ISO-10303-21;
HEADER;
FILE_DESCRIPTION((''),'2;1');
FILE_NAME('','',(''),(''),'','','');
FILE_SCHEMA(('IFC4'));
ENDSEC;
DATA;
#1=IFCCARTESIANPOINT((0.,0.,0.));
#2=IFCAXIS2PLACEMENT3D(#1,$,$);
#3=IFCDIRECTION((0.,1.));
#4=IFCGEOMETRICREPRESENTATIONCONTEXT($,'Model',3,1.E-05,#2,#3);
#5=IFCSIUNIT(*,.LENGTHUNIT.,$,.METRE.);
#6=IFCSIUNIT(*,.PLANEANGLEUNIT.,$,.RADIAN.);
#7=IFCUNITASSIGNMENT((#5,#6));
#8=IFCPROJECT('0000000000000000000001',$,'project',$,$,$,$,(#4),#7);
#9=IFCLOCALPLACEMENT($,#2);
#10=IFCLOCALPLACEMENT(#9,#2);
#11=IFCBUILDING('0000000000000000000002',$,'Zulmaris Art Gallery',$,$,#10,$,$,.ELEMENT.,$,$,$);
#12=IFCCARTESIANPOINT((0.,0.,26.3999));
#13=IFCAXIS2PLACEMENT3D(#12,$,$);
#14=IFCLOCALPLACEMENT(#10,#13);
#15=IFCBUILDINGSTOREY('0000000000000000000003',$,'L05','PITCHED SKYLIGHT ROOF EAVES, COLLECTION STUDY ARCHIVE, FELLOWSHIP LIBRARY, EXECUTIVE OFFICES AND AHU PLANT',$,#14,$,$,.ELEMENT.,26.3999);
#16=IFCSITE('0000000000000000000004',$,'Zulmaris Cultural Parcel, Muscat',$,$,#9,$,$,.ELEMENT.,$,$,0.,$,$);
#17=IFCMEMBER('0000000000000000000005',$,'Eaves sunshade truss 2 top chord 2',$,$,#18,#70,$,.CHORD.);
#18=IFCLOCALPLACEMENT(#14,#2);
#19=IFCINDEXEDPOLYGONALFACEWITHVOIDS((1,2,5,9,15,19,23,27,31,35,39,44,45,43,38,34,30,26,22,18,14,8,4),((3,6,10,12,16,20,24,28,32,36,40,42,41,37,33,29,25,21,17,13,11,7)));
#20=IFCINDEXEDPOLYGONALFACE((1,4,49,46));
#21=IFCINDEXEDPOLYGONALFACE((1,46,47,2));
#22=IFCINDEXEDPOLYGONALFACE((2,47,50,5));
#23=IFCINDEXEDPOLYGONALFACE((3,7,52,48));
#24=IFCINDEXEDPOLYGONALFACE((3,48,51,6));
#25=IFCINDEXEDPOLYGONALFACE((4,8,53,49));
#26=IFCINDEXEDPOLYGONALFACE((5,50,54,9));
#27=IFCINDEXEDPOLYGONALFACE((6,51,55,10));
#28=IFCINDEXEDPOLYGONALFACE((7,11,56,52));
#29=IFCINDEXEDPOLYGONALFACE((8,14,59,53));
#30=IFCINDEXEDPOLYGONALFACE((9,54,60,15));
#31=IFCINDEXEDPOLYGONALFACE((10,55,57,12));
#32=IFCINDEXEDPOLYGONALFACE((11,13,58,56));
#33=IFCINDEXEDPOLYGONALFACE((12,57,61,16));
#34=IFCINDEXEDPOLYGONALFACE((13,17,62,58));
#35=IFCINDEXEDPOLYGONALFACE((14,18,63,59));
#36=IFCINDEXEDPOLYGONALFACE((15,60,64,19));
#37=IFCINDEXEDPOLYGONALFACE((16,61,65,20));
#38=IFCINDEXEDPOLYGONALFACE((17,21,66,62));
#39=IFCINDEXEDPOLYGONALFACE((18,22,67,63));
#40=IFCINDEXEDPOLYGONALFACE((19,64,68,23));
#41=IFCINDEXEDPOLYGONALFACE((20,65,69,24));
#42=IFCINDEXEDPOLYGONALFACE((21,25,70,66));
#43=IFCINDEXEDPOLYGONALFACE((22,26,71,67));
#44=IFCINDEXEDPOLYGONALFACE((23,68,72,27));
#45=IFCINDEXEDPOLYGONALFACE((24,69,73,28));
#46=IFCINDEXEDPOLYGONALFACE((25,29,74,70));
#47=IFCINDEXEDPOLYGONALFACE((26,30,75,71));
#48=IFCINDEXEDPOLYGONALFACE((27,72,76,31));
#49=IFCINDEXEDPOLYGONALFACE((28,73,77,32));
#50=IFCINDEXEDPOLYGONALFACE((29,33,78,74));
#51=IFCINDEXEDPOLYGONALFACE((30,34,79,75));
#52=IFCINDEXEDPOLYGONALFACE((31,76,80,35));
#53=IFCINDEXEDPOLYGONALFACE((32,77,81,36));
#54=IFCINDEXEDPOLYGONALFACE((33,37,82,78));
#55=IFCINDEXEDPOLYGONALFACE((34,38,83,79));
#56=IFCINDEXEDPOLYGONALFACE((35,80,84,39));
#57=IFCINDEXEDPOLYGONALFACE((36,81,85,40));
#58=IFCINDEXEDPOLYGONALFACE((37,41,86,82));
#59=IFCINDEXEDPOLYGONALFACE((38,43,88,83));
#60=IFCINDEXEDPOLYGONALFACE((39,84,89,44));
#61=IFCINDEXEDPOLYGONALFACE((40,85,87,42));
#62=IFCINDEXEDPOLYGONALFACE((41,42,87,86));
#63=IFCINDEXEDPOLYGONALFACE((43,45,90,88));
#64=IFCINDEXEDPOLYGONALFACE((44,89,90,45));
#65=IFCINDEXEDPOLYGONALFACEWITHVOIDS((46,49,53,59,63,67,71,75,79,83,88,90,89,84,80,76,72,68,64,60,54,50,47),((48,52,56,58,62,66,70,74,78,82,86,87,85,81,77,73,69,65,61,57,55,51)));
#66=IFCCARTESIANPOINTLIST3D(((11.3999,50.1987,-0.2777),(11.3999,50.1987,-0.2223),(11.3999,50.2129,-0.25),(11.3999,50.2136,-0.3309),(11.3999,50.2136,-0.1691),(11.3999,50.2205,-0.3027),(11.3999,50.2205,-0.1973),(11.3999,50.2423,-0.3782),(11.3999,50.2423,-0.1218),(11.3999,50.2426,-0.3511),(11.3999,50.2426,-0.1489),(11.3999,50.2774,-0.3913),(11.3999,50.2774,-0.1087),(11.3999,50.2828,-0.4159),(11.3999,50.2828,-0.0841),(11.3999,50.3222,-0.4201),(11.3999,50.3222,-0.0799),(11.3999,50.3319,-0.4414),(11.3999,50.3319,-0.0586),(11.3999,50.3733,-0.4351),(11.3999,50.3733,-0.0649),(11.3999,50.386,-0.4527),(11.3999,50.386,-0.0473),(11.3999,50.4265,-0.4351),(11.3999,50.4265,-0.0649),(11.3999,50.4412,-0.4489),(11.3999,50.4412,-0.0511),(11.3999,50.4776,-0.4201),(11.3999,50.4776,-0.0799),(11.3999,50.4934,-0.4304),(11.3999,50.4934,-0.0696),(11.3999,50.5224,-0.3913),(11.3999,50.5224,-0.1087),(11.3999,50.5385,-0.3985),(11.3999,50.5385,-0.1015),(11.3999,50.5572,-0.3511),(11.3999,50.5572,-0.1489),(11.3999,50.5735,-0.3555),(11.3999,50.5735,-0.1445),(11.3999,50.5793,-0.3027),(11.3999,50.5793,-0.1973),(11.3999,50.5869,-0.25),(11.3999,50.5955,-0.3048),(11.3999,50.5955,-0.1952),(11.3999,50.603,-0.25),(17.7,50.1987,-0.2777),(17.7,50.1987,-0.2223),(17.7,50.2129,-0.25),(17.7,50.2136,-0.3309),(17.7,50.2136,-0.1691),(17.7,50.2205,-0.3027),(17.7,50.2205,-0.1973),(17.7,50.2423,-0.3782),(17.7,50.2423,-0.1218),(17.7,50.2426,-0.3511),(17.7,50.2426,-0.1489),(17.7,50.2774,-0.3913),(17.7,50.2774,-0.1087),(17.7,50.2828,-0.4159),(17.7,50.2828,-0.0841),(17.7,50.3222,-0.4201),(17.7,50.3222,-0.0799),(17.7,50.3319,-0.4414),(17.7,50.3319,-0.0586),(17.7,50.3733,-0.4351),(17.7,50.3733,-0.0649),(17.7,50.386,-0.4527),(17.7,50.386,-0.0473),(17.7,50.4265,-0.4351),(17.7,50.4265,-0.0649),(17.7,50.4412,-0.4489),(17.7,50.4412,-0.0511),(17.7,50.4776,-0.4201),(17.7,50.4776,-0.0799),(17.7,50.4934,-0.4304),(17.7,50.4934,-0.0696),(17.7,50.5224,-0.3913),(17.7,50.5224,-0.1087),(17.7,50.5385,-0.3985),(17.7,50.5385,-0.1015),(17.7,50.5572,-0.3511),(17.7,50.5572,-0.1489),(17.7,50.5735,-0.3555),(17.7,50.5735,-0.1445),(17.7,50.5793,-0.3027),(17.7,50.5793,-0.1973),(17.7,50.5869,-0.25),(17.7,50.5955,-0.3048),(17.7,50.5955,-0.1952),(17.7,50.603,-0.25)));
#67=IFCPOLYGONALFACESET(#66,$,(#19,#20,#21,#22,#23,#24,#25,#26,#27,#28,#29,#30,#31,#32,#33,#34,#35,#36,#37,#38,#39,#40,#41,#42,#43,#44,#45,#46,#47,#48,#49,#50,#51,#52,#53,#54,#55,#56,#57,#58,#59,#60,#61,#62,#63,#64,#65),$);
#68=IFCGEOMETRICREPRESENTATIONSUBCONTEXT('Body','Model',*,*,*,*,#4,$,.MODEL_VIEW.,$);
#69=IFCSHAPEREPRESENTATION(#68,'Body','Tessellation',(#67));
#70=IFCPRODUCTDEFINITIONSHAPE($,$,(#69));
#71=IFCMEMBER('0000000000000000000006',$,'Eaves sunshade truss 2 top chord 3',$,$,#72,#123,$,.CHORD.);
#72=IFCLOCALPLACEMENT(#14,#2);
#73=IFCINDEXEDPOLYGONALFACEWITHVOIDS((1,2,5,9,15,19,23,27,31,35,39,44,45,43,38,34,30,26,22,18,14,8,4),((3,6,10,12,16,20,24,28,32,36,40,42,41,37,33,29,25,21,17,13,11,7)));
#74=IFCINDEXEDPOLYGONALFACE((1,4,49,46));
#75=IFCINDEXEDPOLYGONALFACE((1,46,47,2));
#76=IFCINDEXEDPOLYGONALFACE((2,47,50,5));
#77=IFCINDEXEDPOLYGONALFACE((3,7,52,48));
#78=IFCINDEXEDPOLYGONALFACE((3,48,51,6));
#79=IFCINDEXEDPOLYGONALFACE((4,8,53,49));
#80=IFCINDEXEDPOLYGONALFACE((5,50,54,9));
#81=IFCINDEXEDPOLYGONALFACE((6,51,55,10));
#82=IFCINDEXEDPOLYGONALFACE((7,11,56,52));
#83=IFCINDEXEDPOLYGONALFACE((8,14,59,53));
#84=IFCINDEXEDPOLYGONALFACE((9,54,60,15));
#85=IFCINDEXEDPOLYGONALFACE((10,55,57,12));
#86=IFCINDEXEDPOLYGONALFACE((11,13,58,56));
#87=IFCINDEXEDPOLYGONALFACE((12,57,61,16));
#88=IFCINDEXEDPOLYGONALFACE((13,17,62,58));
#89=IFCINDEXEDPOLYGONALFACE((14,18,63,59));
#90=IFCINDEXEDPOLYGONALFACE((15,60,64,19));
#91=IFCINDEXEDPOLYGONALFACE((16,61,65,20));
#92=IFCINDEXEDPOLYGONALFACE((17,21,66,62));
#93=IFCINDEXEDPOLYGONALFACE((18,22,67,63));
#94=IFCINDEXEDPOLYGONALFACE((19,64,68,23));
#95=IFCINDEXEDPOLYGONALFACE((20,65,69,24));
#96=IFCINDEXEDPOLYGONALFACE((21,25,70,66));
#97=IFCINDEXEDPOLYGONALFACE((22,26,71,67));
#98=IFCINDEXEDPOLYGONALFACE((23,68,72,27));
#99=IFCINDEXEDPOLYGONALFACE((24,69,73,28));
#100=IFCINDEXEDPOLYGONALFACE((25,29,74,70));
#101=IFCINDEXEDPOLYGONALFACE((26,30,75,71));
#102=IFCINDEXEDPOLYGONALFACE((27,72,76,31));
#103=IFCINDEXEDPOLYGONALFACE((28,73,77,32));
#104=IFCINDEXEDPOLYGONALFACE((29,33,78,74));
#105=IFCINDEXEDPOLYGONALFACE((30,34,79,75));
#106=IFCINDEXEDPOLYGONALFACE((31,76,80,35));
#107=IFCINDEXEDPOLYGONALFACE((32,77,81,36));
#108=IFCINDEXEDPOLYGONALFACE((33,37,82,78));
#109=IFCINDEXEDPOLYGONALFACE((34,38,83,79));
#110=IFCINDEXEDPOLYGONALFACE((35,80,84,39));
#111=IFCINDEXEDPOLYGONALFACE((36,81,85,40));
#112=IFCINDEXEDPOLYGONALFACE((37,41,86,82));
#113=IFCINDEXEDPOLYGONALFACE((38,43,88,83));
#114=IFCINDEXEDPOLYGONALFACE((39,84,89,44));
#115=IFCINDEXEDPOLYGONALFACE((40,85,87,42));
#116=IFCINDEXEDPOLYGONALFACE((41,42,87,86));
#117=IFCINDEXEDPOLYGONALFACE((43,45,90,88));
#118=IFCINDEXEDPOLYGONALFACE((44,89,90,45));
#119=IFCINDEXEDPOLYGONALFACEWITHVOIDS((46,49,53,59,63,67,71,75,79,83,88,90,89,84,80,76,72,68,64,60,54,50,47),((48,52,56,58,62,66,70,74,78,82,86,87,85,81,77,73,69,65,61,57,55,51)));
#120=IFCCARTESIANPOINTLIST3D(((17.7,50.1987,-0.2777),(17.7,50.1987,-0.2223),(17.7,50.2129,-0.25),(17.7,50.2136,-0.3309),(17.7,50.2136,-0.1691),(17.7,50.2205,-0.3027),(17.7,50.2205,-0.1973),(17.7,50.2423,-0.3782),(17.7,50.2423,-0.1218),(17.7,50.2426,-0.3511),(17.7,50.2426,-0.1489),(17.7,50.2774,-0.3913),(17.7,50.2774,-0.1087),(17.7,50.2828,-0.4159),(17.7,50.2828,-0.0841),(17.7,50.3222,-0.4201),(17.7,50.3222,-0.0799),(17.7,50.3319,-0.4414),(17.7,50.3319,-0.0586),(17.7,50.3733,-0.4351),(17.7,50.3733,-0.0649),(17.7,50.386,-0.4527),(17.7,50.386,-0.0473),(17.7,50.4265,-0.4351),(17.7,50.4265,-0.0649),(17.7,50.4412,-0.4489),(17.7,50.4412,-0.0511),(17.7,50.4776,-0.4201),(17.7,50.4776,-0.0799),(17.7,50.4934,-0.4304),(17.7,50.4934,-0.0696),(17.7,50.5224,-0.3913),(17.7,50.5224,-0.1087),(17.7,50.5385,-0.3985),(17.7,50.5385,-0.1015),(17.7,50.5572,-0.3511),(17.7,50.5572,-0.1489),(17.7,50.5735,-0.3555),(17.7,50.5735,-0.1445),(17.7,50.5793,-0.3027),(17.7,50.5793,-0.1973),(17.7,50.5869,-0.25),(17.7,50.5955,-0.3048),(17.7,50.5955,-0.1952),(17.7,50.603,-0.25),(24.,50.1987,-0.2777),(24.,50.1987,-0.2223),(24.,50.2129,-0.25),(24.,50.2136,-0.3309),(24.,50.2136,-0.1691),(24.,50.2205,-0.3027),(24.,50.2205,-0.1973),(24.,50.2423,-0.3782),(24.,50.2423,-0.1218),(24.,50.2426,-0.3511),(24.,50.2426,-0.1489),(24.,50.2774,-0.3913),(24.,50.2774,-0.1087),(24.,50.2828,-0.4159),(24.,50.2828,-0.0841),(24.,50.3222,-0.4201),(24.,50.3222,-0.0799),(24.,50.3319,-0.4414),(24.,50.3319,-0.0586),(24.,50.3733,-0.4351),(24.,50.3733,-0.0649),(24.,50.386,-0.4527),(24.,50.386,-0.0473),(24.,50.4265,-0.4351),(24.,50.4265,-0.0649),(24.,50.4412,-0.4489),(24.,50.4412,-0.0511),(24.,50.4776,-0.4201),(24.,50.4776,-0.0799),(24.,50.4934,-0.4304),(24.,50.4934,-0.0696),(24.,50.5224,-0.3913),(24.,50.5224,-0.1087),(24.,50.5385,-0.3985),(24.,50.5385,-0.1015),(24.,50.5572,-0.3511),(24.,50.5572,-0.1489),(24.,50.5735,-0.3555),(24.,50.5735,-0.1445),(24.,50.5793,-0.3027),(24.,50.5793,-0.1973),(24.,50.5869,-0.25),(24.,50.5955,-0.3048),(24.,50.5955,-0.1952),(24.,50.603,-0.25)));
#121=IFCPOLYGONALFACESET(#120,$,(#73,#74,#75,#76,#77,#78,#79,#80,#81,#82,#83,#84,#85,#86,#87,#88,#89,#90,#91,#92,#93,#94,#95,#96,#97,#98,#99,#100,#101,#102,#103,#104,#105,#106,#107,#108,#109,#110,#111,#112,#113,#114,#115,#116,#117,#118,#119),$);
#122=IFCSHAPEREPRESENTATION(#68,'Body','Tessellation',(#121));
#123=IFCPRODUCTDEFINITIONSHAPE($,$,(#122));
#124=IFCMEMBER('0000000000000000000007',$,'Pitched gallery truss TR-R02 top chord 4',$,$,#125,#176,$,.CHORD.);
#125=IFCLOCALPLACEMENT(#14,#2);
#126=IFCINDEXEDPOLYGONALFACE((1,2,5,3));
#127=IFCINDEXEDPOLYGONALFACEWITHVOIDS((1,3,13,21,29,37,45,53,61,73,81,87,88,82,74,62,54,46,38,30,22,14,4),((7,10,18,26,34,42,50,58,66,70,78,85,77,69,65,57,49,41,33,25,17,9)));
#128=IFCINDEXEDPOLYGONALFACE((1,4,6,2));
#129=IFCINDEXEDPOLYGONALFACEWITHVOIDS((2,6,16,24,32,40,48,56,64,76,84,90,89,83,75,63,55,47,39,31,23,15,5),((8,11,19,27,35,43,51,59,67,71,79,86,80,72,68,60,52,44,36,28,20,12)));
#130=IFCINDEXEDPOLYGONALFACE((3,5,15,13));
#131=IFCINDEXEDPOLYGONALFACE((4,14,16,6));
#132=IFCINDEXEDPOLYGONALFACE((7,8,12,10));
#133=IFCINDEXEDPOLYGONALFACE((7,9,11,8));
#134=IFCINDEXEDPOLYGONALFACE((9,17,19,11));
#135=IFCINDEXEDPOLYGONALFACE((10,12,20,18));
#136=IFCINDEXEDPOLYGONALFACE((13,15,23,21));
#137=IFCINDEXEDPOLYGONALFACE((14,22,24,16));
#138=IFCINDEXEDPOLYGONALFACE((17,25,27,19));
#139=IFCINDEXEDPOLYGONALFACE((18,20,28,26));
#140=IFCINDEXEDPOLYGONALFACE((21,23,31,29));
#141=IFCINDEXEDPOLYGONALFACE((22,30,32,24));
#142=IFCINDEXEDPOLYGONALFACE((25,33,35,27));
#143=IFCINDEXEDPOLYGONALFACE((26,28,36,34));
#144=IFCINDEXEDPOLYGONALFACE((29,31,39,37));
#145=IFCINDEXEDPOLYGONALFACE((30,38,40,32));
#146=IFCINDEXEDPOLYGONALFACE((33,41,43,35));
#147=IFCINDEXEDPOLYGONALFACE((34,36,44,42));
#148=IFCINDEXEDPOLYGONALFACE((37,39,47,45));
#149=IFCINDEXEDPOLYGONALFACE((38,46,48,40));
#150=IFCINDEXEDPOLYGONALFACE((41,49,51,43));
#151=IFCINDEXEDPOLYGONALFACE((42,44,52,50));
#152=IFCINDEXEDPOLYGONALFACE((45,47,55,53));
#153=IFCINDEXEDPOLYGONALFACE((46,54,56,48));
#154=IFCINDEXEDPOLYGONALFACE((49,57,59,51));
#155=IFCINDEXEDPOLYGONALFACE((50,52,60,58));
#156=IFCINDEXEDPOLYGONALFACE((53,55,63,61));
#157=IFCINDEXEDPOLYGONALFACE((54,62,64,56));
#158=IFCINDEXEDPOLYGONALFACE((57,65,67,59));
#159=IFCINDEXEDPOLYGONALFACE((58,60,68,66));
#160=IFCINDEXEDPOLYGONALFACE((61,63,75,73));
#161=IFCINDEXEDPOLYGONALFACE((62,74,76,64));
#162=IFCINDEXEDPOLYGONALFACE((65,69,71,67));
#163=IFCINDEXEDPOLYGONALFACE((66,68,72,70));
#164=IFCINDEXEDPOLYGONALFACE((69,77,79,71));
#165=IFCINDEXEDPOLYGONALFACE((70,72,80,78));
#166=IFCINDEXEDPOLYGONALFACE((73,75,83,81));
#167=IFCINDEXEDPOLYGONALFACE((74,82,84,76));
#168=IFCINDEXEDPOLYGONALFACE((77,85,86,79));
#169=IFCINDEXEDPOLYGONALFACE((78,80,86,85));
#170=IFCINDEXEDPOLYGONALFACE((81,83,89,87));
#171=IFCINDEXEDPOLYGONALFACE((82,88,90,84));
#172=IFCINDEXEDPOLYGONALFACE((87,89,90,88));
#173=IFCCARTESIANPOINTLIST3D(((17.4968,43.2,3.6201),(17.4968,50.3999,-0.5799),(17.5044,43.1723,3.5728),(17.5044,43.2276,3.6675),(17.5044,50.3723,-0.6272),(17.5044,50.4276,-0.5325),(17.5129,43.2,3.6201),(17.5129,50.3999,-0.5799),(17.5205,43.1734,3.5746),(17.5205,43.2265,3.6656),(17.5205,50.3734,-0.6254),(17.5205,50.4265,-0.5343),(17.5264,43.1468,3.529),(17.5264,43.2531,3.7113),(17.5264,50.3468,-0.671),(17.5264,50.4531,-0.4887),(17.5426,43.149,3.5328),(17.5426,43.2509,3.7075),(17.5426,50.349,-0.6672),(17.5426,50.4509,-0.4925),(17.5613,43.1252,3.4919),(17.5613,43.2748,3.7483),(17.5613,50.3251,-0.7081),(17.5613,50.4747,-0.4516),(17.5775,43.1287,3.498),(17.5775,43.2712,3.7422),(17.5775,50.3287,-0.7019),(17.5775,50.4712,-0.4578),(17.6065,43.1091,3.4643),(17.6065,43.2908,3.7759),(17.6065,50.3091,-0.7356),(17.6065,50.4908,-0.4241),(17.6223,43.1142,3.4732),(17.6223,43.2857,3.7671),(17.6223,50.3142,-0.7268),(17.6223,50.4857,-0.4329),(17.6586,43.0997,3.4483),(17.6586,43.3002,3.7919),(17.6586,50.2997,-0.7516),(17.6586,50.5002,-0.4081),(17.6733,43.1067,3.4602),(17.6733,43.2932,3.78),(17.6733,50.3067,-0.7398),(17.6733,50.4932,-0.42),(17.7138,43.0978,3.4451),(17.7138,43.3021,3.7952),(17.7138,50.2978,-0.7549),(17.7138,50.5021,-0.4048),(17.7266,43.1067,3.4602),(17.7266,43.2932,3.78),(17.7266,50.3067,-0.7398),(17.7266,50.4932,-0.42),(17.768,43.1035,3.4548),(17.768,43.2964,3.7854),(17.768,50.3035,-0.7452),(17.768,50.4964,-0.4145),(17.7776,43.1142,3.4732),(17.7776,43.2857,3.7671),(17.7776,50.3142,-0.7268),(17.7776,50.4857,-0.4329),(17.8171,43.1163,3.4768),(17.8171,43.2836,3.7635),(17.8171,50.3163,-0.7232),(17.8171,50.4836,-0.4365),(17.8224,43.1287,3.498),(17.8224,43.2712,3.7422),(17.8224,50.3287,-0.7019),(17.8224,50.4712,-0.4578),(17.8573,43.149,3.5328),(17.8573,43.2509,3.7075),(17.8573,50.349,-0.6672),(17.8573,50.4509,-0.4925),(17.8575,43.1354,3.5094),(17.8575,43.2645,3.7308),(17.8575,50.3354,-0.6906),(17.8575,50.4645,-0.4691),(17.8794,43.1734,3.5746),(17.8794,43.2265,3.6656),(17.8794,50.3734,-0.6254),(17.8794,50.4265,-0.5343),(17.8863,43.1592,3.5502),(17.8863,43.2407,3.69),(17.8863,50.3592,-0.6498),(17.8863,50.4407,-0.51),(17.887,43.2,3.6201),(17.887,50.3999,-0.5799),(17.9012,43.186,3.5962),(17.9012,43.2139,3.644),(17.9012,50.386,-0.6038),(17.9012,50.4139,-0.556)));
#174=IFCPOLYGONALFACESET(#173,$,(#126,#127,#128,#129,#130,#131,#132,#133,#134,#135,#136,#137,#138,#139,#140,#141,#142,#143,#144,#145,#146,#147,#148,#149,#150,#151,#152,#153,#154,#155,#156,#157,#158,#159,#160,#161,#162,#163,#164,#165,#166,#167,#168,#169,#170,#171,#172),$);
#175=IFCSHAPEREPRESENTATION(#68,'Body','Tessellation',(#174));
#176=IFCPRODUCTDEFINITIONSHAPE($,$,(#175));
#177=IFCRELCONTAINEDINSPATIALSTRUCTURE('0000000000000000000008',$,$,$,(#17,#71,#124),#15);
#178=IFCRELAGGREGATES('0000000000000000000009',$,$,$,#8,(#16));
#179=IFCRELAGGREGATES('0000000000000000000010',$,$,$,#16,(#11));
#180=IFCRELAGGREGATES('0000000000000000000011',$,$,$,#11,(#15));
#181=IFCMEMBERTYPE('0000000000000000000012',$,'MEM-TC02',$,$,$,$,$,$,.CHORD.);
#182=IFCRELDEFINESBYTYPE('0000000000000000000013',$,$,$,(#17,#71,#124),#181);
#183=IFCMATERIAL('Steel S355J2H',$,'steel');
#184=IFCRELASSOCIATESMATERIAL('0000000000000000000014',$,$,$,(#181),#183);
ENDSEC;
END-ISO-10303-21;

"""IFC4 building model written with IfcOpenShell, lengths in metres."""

from ifc_helpers import new_model, si_unit, direction, frame, origin, origin_2d, place, context, subcontext, project, spatial, hollow_circle, extrude, material, material_profile, profile_set, type_object, element, save


model = new_model("IFC4")

# Units and contexts
model_context = context("Model", 3, precision=1e-05, world=origin(), true_north=direction((0.0, 1.0)))
body_context = subcontext(model_context, "Body", "Model", "MODEL_VIEW")
ifc_project = project(units=[si_unit("LENGTHUNIT", "METRE"), si_unit("PLANEANGLEUNIT", "RADIAN")], contexts=[model_context])

# Site, building, storey
site_placement = place(None, origin())
site = spatial("IfcSite", under=ifc_project, at=site_placement, Name="Zulmaris Cultural Parcel, Muscat", CompositionType="ELEMENT", RefElevation=0.0)
building_placement = place(site_placement, origin())
building = spatial("IfcBuilding", under=site, at=building_placement, Name="Zulmaris Art Gallery", CompositionType="ELEMENT")
storey_placement = place(building_placement, frame((0.0, 0.0, 26.3999)))
storey = spatial("IfcBuildingStorey", under=building, at=storey_placement, Name="L05", Description="PITCHED SKYLIGHT ROOF EAVES, COLLECTION STUDY ARCHIVE, FELLOWSHIP LIBRARY, EXECUTIVE OFFICES AND AHU PLANT", CompositionType="ELEMENT", Elevation=26.3999)

# Members
ifc_material_1 = material(Name="Steel S355J2H", Category="steel")
ifc_material_profile_1 = material_profile(ifc_material_1, hollow_circle(Radius=0.2031, WallThickness=0.0161, at=origin_2d()), Name="CHS 406.4x16")
ifc_profile_set_1 = profile_set([ifc_material_profile_1], Name="Steel S355J2H")
member_type_1 = type_object("IfcMemberType", Name="MEM-TC02", PredefinedType="CHORD", material=ifc_profile_set_1)
for number, where, z_axis, x_axis, name in (
    (1, (11.3999, 50.3999, -0.25), (1.0, 0.0, 0.0), (0.0, 1.0, 0.0), "Eaves sunshade truss 2 top chord 2"),
    (2, (17.7, 50.3999, -0.25), (1.0, 0.0, 0.0), (0.0, 1.0, 0.0), "Eaves sunshade truss 2 top chord 3"),
):
    element("IfcMember", number, at=place(storey_placement, frame(where, z_axis=z_axis, x_axis=x_axis)), inside=storey, type_object=member_type_1, Name=name, PredefinedType="CHORD", context=body_context, shape_type="SweptSolid", body=[
        extrude(hollow_circle(Radius=0.2031, WallThickness=0.0161, at=origin_2d()), origin(), (0.0, 0.0, 1.0), 6.3),
    ])
member_1_placement = place(storey_placement, frame((17.7, 43.2, 3.6201), z_axis=(0.0, 0.86378, -0.503869), x_axis=(-1.0, 0.0, 0.0)))
element("IfcMember", 3, at=member_1_placement, inside=storey, type_object=member_type_1, Name="Pitched gallery truss TR-R02 top chord 4", PredefinedType="CHORD", context=body_context, shape_type="SweptSolid", body=[
    extrude(hollow_circle(Radius=0.2031, WallThickness=0.0161, at=origin_2d()), origin(), (0.0, 0.0, 1.0), 8.3354),
])

save(model, "model.ifc")
